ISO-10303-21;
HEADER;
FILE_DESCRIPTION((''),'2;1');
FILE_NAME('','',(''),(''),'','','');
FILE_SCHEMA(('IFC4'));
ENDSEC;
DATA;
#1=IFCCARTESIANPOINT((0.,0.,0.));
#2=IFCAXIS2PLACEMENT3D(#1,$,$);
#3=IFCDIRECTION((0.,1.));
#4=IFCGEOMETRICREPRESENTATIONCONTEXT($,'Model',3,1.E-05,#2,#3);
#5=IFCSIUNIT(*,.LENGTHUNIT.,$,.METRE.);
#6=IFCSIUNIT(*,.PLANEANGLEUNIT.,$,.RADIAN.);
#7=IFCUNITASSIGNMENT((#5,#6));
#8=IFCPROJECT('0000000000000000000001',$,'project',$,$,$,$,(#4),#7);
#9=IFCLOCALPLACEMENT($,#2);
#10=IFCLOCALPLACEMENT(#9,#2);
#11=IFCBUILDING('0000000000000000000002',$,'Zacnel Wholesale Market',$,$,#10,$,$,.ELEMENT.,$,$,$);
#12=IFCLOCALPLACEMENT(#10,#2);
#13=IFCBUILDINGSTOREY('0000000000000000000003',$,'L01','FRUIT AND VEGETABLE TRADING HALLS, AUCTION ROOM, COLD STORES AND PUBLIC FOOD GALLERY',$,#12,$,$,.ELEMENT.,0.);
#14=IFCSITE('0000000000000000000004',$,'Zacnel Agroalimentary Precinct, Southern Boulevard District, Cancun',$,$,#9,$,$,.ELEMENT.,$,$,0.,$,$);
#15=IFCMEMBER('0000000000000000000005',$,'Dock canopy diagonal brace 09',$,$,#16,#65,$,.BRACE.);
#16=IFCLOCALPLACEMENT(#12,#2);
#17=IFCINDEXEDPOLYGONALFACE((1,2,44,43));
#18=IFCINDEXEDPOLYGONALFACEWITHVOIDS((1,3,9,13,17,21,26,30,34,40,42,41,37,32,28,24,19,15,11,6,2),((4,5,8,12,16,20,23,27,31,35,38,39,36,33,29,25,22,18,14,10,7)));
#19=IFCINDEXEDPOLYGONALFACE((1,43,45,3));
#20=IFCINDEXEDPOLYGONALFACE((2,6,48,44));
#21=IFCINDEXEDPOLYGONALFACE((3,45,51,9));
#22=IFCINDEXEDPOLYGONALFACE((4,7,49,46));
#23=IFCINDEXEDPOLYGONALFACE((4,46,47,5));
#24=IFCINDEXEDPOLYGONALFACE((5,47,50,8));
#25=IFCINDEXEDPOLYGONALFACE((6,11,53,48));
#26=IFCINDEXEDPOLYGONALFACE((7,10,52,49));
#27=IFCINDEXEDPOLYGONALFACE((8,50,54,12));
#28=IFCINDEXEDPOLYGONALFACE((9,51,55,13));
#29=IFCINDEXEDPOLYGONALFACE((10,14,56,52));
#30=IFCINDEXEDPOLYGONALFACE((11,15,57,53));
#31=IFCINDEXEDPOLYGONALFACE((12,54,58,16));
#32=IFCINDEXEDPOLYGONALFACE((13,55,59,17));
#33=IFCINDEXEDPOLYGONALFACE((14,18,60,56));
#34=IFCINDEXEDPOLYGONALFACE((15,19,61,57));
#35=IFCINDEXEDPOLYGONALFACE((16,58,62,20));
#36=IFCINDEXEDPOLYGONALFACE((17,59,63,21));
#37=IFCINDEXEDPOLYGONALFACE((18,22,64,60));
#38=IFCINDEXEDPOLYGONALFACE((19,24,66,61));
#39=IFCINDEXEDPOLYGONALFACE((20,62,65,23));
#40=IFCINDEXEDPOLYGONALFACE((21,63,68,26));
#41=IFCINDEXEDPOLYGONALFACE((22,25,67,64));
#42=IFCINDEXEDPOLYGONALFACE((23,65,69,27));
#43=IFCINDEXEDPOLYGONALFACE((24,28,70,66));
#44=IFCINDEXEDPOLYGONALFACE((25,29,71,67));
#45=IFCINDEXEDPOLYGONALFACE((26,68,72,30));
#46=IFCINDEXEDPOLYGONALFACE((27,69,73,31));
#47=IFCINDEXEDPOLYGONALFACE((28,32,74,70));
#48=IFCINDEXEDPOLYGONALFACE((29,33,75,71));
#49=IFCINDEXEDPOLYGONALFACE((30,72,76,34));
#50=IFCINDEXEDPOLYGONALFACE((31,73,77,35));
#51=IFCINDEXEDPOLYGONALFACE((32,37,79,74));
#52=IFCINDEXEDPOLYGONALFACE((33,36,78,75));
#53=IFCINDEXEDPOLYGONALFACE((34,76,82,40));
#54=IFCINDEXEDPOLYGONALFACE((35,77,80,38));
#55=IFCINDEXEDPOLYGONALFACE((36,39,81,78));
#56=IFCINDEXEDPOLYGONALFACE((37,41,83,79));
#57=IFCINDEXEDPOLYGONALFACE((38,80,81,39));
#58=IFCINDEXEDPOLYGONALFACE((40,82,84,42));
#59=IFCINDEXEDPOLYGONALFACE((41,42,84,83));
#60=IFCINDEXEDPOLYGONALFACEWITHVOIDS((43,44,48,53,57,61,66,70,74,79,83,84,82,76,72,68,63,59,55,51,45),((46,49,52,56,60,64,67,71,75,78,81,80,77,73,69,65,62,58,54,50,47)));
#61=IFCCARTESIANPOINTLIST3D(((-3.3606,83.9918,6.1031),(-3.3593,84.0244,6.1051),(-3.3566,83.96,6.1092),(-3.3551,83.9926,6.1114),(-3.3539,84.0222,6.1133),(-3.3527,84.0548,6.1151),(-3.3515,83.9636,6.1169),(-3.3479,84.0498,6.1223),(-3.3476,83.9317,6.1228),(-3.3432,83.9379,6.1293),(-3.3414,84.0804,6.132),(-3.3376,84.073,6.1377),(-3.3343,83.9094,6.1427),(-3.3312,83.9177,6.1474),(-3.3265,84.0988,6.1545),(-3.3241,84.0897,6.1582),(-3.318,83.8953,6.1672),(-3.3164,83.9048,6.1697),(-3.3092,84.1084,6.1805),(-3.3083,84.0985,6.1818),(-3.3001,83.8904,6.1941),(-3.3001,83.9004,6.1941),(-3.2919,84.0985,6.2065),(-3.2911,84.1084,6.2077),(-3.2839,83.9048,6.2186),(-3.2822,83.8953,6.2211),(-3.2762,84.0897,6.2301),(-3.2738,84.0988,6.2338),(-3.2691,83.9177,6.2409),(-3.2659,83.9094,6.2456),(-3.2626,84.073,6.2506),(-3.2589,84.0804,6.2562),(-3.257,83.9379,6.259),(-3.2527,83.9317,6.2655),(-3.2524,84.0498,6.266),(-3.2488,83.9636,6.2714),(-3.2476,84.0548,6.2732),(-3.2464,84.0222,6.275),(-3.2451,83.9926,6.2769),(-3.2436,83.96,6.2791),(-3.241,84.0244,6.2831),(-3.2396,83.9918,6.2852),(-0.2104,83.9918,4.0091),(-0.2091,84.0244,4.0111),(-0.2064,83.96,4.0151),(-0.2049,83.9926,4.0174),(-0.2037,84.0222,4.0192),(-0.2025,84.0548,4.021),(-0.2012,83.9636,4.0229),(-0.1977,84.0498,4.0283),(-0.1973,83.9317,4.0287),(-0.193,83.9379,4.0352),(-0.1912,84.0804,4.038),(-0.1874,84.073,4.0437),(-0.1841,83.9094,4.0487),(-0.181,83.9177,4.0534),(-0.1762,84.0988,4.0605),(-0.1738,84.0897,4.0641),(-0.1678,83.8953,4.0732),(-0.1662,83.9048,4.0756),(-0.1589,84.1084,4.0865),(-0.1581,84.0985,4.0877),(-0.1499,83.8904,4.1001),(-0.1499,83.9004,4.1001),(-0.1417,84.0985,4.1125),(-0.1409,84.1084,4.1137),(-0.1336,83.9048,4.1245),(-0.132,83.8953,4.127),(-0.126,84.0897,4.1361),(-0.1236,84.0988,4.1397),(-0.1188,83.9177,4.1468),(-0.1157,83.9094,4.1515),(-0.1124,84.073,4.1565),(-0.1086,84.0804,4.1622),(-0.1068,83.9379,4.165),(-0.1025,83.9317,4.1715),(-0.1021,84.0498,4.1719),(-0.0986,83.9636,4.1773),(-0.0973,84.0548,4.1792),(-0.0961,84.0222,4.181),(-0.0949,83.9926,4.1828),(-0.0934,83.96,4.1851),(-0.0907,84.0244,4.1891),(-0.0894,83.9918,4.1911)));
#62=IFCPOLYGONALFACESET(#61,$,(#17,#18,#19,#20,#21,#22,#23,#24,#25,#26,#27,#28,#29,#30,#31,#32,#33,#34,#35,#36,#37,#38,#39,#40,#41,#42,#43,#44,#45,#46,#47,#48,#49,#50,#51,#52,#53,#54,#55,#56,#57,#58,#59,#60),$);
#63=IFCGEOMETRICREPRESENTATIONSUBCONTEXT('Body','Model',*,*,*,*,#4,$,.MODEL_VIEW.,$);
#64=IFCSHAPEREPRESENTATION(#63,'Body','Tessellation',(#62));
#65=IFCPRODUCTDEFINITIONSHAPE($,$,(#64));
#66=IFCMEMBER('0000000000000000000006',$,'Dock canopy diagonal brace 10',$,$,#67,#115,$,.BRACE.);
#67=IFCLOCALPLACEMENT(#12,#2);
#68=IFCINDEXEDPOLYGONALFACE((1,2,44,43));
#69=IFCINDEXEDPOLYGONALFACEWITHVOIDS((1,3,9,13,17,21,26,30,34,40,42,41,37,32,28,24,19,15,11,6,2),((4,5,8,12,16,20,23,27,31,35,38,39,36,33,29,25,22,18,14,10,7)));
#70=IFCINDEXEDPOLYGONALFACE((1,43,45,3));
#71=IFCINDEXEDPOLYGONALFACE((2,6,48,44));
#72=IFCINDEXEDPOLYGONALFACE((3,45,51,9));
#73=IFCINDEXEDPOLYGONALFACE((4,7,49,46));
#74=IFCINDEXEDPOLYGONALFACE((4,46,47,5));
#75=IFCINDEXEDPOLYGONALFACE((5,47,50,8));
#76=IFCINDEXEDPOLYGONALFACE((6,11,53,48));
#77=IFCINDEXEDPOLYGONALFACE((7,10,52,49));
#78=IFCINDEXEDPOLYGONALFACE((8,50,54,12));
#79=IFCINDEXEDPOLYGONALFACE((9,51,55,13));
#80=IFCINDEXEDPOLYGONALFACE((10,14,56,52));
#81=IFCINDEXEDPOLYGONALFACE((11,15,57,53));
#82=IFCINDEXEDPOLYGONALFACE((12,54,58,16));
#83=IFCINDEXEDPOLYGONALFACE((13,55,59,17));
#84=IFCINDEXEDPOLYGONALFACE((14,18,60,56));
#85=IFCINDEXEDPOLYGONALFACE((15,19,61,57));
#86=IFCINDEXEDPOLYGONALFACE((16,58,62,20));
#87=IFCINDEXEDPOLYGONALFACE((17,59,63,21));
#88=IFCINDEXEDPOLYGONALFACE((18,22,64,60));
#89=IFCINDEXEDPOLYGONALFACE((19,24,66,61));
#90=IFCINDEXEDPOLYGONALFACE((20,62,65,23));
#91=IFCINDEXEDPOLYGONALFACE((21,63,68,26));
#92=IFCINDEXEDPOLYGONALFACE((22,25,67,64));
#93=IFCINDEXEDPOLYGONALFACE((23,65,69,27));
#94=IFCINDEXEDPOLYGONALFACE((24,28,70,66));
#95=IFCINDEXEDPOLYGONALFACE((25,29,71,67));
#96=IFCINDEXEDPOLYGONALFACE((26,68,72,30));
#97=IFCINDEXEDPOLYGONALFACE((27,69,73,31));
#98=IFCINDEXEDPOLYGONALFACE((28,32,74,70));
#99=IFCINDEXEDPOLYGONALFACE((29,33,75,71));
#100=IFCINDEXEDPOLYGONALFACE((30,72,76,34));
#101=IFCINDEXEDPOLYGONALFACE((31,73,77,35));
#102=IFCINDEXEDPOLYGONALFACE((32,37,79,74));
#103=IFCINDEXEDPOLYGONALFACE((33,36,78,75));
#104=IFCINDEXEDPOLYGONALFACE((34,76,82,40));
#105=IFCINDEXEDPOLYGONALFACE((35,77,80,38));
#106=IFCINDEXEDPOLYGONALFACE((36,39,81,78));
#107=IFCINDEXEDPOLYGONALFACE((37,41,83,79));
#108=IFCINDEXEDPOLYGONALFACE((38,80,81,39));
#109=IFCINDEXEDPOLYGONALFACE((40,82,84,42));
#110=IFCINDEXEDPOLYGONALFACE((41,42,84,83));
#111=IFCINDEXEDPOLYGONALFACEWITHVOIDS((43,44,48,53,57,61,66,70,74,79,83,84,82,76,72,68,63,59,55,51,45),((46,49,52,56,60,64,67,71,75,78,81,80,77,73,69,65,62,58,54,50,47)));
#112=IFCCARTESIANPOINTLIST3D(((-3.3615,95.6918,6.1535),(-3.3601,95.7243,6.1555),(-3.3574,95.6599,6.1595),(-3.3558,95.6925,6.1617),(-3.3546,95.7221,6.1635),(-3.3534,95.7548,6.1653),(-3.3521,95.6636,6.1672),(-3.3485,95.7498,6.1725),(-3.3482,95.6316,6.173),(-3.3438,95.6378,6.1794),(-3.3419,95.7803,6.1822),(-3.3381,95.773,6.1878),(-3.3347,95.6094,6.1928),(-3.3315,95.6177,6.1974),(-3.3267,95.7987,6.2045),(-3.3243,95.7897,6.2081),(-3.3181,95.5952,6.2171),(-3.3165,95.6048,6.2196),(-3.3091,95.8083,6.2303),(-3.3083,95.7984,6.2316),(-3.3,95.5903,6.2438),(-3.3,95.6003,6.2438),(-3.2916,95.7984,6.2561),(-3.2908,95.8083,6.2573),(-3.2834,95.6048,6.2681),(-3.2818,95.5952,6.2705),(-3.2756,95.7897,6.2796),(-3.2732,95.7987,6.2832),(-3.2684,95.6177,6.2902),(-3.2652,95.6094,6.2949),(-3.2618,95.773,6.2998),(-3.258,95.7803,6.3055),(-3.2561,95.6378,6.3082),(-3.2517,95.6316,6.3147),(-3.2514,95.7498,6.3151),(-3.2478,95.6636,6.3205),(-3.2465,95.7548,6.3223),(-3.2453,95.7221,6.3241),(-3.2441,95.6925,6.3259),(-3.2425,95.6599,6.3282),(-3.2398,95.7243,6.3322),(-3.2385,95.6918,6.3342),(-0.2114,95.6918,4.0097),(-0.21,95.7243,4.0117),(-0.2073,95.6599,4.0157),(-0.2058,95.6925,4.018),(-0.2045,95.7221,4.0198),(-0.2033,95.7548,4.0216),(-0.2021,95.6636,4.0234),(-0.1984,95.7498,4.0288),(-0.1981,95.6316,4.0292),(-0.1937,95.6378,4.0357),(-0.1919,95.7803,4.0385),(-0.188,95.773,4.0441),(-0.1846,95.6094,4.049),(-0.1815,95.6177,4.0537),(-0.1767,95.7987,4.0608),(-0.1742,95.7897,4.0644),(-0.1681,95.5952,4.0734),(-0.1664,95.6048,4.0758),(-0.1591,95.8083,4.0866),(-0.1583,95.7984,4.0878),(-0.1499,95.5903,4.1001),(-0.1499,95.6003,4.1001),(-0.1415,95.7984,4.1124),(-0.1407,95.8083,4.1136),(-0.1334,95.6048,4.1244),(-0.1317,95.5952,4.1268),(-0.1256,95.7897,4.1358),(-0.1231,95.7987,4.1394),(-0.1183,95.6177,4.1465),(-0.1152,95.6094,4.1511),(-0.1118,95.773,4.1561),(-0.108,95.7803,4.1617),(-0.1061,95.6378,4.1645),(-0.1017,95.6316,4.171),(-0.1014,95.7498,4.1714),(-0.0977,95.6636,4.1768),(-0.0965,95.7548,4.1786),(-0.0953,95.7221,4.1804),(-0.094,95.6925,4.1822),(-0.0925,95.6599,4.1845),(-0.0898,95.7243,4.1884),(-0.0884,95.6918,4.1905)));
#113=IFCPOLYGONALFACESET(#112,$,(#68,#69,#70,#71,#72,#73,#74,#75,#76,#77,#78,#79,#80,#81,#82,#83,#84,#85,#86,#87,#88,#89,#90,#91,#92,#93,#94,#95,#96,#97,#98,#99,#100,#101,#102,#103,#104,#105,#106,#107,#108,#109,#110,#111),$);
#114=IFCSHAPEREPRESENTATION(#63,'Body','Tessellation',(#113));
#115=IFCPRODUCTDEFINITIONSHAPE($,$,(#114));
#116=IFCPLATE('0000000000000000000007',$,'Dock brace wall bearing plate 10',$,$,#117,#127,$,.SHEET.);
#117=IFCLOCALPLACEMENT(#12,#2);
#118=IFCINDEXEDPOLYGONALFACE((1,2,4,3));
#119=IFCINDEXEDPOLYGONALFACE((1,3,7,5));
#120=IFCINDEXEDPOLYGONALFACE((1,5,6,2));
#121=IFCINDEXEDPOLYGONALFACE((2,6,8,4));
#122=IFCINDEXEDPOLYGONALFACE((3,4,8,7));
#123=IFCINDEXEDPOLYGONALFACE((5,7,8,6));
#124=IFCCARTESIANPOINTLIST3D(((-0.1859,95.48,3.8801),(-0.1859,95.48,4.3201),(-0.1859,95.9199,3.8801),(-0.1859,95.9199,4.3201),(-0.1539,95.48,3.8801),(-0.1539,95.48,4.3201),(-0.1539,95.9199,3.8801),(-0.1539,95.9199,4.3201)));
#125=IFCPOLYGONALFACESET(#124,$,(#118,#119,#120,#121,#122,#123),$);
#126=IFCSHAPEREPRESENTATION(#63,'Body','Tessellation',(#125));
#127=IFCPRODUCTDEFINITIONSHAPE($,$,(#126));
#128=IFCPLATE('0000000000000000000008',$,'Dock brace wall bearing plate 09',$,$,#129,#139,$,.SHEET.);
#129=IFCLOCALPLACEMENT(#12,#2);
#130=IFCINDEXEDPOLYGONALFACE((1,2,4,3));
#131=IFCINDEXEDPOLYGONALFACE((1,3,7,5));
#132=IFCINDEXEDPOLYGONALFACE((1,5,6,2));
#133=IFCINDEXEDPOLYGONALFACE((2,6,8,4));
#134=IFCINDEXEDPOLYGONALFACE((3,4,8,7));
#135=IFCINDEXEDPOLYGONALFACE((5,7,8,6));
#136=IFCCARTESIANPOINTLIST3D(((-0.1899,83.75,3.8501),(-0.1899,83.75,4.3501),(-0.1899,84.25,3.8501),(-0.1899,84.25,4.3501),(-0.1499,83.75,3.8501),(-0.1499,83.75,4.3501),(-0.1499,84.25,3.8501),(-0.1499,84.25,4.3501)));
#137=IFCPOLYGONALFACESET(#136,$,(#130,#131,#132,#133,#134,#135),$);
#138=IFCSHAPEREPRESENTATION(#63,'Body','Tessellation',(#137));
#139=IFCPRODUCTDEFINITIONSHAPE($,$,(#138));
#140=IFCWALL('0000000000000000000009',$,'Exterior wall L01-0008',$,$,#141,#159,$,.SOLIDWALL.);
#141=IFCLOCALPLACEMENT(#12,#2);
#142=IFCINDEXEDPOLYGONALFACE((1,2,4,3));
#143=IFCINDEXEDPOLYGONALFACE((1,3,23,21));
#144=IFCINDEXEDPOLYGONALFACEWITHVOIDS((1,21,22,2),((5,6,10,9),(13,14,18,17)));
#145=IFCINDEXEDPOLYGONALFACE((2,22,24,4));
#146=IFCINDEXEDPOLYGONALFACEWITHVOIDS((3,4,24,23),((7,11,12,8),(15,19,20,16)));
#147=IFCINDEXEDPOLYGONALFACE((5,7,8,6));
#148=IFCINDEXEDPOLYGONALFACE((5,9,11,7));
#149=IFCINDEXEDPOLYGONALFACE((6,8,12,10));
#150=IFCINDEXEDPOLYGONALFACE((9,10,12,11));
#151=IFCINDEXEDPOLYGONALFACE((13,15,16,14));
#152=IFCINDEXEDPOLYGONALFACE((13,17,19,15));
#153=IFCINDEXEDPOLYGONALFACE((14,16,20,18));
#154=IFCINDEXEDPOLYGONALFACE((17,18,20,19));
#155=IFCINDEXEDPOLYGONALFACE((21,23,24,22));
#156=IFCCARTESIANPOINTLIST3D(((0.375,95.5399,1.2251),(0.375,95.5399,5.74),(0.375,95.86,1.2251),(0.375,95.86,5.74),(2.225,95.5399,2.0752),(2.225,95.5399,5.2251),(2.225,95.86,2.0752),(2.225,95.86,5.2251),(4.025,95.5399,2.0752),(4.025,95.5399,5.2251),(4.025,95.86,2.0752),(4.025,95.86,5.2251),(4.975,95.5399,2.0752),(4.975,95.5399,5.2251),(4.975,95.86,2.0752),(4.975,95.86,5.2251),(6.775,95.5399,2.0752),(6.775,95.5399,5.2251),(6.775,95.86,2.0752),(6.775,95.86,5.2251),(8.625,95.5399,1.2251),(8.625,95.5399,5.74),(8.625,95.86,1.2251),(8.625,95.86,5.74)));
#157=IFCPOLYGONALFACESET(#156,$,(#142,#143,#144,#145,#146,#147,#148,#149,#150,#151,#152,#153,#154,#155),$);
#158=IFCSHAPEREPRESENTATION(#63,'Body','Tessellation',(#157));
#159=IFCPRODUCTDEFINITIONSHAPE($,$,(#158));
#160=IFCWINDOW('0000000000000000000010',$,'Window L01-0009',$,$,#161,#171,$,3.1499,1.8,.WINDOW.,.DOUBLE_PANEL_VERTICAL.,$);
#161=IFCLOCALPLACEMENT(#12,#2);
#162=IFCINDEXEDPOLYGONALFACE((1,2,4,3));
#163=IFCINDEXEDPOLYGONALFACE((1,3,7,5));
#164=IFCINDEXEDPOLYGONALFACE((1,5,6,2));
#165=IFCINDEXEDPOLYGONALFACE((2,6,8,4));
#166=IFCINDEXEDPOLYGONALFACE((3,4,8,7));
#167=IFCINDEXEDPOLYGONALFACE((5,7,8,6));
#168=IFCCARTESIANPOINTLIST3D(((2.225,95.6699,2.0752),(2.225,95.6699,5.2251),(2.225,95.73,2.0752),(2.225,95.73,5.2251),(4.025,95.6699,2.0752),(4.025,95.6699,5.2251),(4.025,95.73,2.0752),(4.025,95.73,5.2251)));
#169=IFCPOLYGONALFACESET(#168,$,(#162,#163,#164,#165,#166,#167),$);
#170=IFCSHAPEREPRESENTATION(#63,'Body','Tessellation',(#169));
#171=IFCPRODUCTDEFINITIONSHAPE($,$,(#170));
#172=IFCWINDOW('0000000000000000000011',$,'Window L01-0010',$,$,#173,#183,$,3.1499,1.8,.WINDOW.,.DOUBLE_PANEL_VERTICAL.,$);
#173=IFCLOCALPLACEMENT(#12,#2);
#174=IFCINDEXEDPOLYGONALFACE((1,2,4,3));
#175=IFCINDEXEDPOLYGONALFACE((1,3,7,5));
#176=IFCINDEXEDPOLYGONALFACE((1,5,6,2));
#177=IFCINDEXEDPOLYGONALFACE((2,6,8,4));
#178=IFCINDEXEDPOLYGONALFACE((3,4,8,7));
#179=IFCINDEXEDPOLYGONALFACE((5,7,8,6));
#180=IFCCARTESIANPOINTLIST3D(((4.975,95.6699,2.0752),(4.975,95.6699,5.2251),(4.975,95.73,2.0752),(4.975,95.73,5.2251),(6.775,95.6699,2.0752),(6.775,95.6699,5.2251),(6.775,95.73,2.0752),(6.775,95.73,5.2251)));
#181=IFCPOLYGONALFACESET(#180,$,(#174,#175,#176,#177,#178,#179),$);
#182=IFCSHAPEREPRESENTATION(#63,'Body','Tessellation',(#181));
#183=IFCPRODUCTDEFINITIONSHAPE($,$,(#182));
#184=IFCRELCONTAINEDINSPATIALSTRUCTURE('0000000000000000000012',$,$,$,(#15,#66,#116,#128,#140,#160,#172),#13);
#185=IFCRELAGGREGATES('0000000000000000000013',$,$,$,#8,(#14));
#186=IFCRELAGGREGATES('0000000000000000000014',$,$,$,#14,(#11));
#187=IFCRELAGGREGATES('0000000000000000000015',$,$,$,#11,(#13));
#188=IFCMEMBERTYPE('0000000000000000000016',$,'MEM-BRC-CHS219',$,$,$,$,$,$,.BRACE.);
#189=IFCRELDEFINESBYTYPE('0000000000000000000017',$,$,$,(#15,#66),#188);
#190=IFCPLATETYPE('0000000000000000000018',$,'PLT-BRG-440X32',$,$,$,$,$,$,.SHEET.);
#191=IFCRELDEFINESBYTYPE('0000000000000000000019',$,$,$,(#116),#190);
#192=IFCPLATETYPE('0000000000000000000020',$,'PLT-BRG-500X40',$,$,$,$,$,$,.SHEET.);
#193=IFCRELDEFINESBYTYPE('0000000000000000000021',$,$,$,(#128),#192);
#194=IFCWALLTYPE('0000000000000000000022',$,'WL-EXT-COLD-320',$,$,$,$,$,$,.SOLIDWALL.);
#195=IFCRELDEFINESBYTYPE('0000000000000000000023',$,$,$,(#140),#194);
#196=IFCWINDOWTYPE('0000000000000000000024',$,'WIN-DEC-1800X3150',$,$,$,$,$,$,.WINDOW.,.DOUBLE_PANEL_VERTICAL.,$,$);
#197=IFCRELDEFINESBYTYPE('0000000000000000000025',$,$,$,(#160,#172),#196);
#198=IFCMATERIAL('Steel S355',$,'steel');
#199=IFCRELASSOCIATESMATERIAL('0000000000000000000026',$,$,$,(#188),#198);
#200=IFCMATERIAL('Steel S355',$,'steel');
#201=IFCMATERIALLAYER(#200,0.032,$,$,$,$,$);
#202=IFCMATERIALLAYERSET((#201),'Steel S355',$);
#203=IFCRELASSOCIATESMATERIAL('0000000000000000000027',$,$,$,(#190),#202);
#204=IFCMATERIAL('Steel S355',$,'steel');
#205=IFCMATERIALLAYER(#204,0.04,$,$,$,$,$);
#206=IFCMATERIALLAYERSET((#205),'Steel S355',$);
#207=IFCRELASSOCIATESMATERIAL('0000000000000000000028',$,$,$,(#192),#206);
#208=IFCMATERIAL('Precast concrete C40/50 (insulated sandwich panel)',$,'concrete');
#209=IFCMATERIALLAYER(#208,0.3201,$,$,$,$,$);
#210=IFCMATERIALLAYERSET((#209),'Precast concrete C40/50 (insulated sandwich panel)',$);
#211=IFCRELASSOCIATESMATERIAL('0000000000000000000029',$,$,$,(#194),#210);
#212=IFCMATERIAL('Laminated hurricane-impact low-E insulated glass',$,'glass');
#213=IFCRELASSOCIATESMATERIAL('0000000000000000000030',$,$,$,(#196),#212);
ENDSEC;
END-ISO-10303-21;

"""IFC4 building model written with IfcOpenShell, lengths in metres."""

from ifc_helpers import new_model, si_unit, direction, frame, frame_2d, origin, origin_2d, place, context, subcontext, project, spatial, rectangle, hollow_circle, extrude, material, layer, layer_set, material_profile, profile_set, type_object, element, fill, save


model = new_model("IFC4")

# Units and contexts
model_context = context("Model", 3, precision=1e-05, world=origin(), true_north=direction((0.0, 1.0)))
body_context = subcontext(model_context, "Body", "Model", "MODEL_VIEW")
ifc_project = project(units=[si_unit("LENGTHUNIT", "METRE"), si_unit("PLANEANGLEUNIT", "RADIAN")], contexts=[model_context])

# Site, building, storey
site_placement = place(None, origin())
site = spatial("IfcSite", under=ifc_project, at=site_placement, Name="Zacnel Agroalimentary Precinct, Southern Boulevard District, Cancun", CompositionType="ELEMENT", RefElevation=0.0)
building_placement = place(site_placement, origin())
building = spatial("IfcBuilding", under=site, at=building_placement, Name="Zacnel Wholesale Market", CompositionType="ELEMENT")
storey_placement = place(building_placement, origin())
storey = spatial("IfcBuildingStorey", under=building, at=storey_placement, Name="L01", Description="FRUIT AND VEGETABLE TRADING HALLS, AUCTION ROOM, COLD STORES AND PUBLIC FOOD GALLERY", CompositionType="ELEMENT", Elevation=0.0)

# Members
ifc_material_1 = material(Name="Steel S355", Category="steel")
ifc_material_profile_1 = material_profile(ifc_material_1, hollow_circle(Radius=0.1096, WallThickness=0.01, at=origin_2d()), Name="CHS 219.1x10")
ifc_profile_set_1 = profile_set([ifc_material_profile_1], Name="Steel S355")
member_type = type_object("IfcMemberType", Name="MEM-BRC-CHS219", PredefinedType="BRACE", material=ifc_profile_set_1)
member_1_placement = place(storey_placement, frame((-0.1499, 84.0, 4.1001), z_axis=(-0.832794, 0.0, 0.553583), x_axis=(0.0, -1.0, 0.0)))
element("IfcMember", 1, at=member_1_placement, inside=storey, type_object=member_type, Name="Dock canopy diagonal brace 09", PredefinedType="BRACE", context=body_context, shape_type="SweptSolid", body=[
    extrude(hollow_circle(Radius=0.1096, WallThickness=0.01, at=origin_2d()), origin(), (0.0, 0.0, 1.0), 3.7827),
])
member_2_placement = place(storey_placement, frame((-0.1499, 95.7, 4.1001), z_axis=(-0.826719, 0.0, 0.562615), x_axis=(0.0, -1.0, 0.0)))
element("IfcMember", 2, at=member_2_placement, inside=storey, type_object=member_type, Name="Dock canopy diagonal brace 10", PredefinedType="BRACE", context=body_context, shape_type="SweptSolid", body=[
    extrude(hollow_circle(Radius=0.1096, WallThickness=0.01, at=origin_2d()), origin(), (0.0, 0.0, 1.0), 3.8103),
])

# Plates
ifc_material_2 = material(Name="Steel S355", Category="steel")
ifc_layer_1 = layer(ifc_material_2, 0.032)
ifc_layer_set_1 = layer_set([ifc_layer_1], Name="Steel S355")
plate_type_1 = type_object("IfcPlateType", Name="PLT-BRG-440X32", PredefinedType="SHEET", material=ifc_layer_set_1)
plate_1_placement = place(storey_placement, frame((-0.1699, 95.7, 3.8801), z_axis=(0.0, 0.0, 1.0), x_axis=(1.0, 0.0, 0.0)))
element("IfcPlate", 3, at=plate_1_placement, inside=storey, type_object=plate_type_1, Name="Dock brace wall bearing plate 10", PredefinedType="SHEET", context=body_context, shape_type="SweptSolid", body=[
    extrude(rectangle(XDim=0.032, YDim=0.4399, at=origin_2d()), origin(), (0.0, 0.0, 1.0), 0.4399),
])
ifc_material_3 = material(Name="Steel S355", Category="steel")
ifc_layer_2 = layer(ifc_material_3, 0.04)
ifc_layer_set_2 = layer_set([ifc_layer_2], Name="Steel S355")
plate_type_2 = type_object("IfcPlateType", Name="PLT-BRG-500X40", PredefinedType="SHEET", material=ifc_layer_set_2)
plate_2_placement = place(storey_placement, frame((-0.1699, 84.0, 3.8501), z_axis=(0.0, 0.0, 1.0), x_axis=(1.0, 0.0, 0.0)))
element("IfcPlate", 4, at=plate_2_placement, inside=storey, type_object=plate_type_2, Name="Dock brace wall bearing plate 09", PredefinedType="SHEET", context=body_context, shape_type="SweptSolid", body=[
    extrude(rectangle(XDim=0.04, YDim=0.5, at=origin_2d()), origin(), (0.0, 0.0, 1.0), 0.5),
])

# Wall, openings, windows
ifc_material_4 = material(Name="Precast concrete C40/50 (insulated sandwich panel)", Category="concrete")
ifc_layer_3 = layer(ifc_material_4, 0.3201)
ifc_layer_set_3 = layer_set([ifc_layer_3], Name="Precast concrete C40/50 (insulated sandwich panel)")
wall_type = type_object("IfcWallType", Name="WL-EXT-COLD-320", PredefinedType="SOLIDWALL", material=ifc_layer_set_3)
wall_1_placement = place(storey_placement, frame((0.375, 95.7, 1.2251), z_axis=(0.0, 0.0, 1.0), x_axis=(1.0, 0.0, 0.0)))
wall_1 = element("IfcWall", 5, at=wall_1_placement, inside=storey, type_object=wall_type, Name="Exterior wall L01-0008", PredefinedType="SOLIDWALL", context=body_context, shape_type="SweptSolid", body=[
    extrude(rectangle(XDim=8.25, YDim=0.3201, at=frame_2d((4.125, 0.0))), origin(), (0.0, 0.0, 1.0), 4.5149),
])
opening_1_placement = place(wall_1_placement, frame((1.8501, 0.0, 0.8501)))
opening_1 = element("IfcOpeningElement", 6, at=opening_1_placement, cuts=wall_1, PredefinedType="OPENING", context=body_context, shape_type="SweptSolid", body=[
    extrude(rectangle(XDim=1.8, YDim=3.1499, at=frame_2d((0.8999, 1.575))), frame((0.0, 0.1699, 0.0), z_axis=(0.0, -1.0, 0.0), x_axis=(1.0, 0.0, 0.0)), (0.0, 0.0, 1.0), 0.3401),
])
opening_2_placement = place(wall_1_placement, frame((4.6001, 0.0, 0.8501)))
opening_2 = element("IfcOpeningElement", 7, at=opening_2_placement, cuts=wall_1, PredefinedType="OPENING", context=body_context, shape_type="SweptSolid", body=[
    extrude(rectangle(XDim=1.8, YDim=3.1499, at=frame_2d((0.8999, 1.575))), frame((0.0, 0.1699, 0.0), z_axis=(0.0, -1.0, 0.0), x_axis=(1.0, 0.0, 0.0)), (0.0, 0.0, 1.0), 0.3401),
])
ifc_material_5 = material(Name="Laminated hurricane-impact low-E insulated glass", Category="glass")
window_type = type_object("IfcWindowType", Name="WIN-DEC-1800X3150", PartitioningType="DOUBLE_PANEL_VERTICAL", PredefinedType="WINDOW", material=ifc_material_5)
window_1_placement = place(opening_1_placement, origin())
window_1 = element("IfcWindow", 8, at=window_1_placement, inside=storey, type_object=window_type, Name="Window L01-0009", OverallHeight=3.1499, OverallWidth=1.8, PartitioningType="DOUBLE_PANEL_VERTICAL", PredefinedType="WINDOW", context=body_context, shape_type="SweptSolid", body=[
    extrude(rectangle(XDim=1.8, YDim=3.1499, at=frame_2d((0.8999, 1.575))), frame((0.0, 0.03, 0.0), z_axis=(0.0, -1.0, 0.0), x_axis=(1.0, 0.0, 0.0)), (0.0, 0.0, 1.0), 0.0601),
])
fill(opening_1, window_1)
window_2_placement = place(opening_2_placement, origin())
window_2 = element("IfcWindow", 9, at=window_2_placement, inside=storey, type_object=window_type, Name="Window L01-0010", OverallHeight=3.1499, OverallWidth=1.8, PartitioningType="DOUBLE_PANEL_VERTICAL", PredefinedType="WINDOW", context=body_context, shape_type="SweptSolid", body=[
    extrude(rectangle(XDim=1.8, YDim=3.1499, at=frame_2d((0.8999, 1.575))), frame((0.0, 0.03, 0.0), z_axis=(0.0, -1.0, 0.0), x_axis=(1.0, 0.0, 0.0)), (0.0, 0.0, 1.0), 0.0601),
])
fill(opening_2, window_2)

save(model, "model.ifc")
